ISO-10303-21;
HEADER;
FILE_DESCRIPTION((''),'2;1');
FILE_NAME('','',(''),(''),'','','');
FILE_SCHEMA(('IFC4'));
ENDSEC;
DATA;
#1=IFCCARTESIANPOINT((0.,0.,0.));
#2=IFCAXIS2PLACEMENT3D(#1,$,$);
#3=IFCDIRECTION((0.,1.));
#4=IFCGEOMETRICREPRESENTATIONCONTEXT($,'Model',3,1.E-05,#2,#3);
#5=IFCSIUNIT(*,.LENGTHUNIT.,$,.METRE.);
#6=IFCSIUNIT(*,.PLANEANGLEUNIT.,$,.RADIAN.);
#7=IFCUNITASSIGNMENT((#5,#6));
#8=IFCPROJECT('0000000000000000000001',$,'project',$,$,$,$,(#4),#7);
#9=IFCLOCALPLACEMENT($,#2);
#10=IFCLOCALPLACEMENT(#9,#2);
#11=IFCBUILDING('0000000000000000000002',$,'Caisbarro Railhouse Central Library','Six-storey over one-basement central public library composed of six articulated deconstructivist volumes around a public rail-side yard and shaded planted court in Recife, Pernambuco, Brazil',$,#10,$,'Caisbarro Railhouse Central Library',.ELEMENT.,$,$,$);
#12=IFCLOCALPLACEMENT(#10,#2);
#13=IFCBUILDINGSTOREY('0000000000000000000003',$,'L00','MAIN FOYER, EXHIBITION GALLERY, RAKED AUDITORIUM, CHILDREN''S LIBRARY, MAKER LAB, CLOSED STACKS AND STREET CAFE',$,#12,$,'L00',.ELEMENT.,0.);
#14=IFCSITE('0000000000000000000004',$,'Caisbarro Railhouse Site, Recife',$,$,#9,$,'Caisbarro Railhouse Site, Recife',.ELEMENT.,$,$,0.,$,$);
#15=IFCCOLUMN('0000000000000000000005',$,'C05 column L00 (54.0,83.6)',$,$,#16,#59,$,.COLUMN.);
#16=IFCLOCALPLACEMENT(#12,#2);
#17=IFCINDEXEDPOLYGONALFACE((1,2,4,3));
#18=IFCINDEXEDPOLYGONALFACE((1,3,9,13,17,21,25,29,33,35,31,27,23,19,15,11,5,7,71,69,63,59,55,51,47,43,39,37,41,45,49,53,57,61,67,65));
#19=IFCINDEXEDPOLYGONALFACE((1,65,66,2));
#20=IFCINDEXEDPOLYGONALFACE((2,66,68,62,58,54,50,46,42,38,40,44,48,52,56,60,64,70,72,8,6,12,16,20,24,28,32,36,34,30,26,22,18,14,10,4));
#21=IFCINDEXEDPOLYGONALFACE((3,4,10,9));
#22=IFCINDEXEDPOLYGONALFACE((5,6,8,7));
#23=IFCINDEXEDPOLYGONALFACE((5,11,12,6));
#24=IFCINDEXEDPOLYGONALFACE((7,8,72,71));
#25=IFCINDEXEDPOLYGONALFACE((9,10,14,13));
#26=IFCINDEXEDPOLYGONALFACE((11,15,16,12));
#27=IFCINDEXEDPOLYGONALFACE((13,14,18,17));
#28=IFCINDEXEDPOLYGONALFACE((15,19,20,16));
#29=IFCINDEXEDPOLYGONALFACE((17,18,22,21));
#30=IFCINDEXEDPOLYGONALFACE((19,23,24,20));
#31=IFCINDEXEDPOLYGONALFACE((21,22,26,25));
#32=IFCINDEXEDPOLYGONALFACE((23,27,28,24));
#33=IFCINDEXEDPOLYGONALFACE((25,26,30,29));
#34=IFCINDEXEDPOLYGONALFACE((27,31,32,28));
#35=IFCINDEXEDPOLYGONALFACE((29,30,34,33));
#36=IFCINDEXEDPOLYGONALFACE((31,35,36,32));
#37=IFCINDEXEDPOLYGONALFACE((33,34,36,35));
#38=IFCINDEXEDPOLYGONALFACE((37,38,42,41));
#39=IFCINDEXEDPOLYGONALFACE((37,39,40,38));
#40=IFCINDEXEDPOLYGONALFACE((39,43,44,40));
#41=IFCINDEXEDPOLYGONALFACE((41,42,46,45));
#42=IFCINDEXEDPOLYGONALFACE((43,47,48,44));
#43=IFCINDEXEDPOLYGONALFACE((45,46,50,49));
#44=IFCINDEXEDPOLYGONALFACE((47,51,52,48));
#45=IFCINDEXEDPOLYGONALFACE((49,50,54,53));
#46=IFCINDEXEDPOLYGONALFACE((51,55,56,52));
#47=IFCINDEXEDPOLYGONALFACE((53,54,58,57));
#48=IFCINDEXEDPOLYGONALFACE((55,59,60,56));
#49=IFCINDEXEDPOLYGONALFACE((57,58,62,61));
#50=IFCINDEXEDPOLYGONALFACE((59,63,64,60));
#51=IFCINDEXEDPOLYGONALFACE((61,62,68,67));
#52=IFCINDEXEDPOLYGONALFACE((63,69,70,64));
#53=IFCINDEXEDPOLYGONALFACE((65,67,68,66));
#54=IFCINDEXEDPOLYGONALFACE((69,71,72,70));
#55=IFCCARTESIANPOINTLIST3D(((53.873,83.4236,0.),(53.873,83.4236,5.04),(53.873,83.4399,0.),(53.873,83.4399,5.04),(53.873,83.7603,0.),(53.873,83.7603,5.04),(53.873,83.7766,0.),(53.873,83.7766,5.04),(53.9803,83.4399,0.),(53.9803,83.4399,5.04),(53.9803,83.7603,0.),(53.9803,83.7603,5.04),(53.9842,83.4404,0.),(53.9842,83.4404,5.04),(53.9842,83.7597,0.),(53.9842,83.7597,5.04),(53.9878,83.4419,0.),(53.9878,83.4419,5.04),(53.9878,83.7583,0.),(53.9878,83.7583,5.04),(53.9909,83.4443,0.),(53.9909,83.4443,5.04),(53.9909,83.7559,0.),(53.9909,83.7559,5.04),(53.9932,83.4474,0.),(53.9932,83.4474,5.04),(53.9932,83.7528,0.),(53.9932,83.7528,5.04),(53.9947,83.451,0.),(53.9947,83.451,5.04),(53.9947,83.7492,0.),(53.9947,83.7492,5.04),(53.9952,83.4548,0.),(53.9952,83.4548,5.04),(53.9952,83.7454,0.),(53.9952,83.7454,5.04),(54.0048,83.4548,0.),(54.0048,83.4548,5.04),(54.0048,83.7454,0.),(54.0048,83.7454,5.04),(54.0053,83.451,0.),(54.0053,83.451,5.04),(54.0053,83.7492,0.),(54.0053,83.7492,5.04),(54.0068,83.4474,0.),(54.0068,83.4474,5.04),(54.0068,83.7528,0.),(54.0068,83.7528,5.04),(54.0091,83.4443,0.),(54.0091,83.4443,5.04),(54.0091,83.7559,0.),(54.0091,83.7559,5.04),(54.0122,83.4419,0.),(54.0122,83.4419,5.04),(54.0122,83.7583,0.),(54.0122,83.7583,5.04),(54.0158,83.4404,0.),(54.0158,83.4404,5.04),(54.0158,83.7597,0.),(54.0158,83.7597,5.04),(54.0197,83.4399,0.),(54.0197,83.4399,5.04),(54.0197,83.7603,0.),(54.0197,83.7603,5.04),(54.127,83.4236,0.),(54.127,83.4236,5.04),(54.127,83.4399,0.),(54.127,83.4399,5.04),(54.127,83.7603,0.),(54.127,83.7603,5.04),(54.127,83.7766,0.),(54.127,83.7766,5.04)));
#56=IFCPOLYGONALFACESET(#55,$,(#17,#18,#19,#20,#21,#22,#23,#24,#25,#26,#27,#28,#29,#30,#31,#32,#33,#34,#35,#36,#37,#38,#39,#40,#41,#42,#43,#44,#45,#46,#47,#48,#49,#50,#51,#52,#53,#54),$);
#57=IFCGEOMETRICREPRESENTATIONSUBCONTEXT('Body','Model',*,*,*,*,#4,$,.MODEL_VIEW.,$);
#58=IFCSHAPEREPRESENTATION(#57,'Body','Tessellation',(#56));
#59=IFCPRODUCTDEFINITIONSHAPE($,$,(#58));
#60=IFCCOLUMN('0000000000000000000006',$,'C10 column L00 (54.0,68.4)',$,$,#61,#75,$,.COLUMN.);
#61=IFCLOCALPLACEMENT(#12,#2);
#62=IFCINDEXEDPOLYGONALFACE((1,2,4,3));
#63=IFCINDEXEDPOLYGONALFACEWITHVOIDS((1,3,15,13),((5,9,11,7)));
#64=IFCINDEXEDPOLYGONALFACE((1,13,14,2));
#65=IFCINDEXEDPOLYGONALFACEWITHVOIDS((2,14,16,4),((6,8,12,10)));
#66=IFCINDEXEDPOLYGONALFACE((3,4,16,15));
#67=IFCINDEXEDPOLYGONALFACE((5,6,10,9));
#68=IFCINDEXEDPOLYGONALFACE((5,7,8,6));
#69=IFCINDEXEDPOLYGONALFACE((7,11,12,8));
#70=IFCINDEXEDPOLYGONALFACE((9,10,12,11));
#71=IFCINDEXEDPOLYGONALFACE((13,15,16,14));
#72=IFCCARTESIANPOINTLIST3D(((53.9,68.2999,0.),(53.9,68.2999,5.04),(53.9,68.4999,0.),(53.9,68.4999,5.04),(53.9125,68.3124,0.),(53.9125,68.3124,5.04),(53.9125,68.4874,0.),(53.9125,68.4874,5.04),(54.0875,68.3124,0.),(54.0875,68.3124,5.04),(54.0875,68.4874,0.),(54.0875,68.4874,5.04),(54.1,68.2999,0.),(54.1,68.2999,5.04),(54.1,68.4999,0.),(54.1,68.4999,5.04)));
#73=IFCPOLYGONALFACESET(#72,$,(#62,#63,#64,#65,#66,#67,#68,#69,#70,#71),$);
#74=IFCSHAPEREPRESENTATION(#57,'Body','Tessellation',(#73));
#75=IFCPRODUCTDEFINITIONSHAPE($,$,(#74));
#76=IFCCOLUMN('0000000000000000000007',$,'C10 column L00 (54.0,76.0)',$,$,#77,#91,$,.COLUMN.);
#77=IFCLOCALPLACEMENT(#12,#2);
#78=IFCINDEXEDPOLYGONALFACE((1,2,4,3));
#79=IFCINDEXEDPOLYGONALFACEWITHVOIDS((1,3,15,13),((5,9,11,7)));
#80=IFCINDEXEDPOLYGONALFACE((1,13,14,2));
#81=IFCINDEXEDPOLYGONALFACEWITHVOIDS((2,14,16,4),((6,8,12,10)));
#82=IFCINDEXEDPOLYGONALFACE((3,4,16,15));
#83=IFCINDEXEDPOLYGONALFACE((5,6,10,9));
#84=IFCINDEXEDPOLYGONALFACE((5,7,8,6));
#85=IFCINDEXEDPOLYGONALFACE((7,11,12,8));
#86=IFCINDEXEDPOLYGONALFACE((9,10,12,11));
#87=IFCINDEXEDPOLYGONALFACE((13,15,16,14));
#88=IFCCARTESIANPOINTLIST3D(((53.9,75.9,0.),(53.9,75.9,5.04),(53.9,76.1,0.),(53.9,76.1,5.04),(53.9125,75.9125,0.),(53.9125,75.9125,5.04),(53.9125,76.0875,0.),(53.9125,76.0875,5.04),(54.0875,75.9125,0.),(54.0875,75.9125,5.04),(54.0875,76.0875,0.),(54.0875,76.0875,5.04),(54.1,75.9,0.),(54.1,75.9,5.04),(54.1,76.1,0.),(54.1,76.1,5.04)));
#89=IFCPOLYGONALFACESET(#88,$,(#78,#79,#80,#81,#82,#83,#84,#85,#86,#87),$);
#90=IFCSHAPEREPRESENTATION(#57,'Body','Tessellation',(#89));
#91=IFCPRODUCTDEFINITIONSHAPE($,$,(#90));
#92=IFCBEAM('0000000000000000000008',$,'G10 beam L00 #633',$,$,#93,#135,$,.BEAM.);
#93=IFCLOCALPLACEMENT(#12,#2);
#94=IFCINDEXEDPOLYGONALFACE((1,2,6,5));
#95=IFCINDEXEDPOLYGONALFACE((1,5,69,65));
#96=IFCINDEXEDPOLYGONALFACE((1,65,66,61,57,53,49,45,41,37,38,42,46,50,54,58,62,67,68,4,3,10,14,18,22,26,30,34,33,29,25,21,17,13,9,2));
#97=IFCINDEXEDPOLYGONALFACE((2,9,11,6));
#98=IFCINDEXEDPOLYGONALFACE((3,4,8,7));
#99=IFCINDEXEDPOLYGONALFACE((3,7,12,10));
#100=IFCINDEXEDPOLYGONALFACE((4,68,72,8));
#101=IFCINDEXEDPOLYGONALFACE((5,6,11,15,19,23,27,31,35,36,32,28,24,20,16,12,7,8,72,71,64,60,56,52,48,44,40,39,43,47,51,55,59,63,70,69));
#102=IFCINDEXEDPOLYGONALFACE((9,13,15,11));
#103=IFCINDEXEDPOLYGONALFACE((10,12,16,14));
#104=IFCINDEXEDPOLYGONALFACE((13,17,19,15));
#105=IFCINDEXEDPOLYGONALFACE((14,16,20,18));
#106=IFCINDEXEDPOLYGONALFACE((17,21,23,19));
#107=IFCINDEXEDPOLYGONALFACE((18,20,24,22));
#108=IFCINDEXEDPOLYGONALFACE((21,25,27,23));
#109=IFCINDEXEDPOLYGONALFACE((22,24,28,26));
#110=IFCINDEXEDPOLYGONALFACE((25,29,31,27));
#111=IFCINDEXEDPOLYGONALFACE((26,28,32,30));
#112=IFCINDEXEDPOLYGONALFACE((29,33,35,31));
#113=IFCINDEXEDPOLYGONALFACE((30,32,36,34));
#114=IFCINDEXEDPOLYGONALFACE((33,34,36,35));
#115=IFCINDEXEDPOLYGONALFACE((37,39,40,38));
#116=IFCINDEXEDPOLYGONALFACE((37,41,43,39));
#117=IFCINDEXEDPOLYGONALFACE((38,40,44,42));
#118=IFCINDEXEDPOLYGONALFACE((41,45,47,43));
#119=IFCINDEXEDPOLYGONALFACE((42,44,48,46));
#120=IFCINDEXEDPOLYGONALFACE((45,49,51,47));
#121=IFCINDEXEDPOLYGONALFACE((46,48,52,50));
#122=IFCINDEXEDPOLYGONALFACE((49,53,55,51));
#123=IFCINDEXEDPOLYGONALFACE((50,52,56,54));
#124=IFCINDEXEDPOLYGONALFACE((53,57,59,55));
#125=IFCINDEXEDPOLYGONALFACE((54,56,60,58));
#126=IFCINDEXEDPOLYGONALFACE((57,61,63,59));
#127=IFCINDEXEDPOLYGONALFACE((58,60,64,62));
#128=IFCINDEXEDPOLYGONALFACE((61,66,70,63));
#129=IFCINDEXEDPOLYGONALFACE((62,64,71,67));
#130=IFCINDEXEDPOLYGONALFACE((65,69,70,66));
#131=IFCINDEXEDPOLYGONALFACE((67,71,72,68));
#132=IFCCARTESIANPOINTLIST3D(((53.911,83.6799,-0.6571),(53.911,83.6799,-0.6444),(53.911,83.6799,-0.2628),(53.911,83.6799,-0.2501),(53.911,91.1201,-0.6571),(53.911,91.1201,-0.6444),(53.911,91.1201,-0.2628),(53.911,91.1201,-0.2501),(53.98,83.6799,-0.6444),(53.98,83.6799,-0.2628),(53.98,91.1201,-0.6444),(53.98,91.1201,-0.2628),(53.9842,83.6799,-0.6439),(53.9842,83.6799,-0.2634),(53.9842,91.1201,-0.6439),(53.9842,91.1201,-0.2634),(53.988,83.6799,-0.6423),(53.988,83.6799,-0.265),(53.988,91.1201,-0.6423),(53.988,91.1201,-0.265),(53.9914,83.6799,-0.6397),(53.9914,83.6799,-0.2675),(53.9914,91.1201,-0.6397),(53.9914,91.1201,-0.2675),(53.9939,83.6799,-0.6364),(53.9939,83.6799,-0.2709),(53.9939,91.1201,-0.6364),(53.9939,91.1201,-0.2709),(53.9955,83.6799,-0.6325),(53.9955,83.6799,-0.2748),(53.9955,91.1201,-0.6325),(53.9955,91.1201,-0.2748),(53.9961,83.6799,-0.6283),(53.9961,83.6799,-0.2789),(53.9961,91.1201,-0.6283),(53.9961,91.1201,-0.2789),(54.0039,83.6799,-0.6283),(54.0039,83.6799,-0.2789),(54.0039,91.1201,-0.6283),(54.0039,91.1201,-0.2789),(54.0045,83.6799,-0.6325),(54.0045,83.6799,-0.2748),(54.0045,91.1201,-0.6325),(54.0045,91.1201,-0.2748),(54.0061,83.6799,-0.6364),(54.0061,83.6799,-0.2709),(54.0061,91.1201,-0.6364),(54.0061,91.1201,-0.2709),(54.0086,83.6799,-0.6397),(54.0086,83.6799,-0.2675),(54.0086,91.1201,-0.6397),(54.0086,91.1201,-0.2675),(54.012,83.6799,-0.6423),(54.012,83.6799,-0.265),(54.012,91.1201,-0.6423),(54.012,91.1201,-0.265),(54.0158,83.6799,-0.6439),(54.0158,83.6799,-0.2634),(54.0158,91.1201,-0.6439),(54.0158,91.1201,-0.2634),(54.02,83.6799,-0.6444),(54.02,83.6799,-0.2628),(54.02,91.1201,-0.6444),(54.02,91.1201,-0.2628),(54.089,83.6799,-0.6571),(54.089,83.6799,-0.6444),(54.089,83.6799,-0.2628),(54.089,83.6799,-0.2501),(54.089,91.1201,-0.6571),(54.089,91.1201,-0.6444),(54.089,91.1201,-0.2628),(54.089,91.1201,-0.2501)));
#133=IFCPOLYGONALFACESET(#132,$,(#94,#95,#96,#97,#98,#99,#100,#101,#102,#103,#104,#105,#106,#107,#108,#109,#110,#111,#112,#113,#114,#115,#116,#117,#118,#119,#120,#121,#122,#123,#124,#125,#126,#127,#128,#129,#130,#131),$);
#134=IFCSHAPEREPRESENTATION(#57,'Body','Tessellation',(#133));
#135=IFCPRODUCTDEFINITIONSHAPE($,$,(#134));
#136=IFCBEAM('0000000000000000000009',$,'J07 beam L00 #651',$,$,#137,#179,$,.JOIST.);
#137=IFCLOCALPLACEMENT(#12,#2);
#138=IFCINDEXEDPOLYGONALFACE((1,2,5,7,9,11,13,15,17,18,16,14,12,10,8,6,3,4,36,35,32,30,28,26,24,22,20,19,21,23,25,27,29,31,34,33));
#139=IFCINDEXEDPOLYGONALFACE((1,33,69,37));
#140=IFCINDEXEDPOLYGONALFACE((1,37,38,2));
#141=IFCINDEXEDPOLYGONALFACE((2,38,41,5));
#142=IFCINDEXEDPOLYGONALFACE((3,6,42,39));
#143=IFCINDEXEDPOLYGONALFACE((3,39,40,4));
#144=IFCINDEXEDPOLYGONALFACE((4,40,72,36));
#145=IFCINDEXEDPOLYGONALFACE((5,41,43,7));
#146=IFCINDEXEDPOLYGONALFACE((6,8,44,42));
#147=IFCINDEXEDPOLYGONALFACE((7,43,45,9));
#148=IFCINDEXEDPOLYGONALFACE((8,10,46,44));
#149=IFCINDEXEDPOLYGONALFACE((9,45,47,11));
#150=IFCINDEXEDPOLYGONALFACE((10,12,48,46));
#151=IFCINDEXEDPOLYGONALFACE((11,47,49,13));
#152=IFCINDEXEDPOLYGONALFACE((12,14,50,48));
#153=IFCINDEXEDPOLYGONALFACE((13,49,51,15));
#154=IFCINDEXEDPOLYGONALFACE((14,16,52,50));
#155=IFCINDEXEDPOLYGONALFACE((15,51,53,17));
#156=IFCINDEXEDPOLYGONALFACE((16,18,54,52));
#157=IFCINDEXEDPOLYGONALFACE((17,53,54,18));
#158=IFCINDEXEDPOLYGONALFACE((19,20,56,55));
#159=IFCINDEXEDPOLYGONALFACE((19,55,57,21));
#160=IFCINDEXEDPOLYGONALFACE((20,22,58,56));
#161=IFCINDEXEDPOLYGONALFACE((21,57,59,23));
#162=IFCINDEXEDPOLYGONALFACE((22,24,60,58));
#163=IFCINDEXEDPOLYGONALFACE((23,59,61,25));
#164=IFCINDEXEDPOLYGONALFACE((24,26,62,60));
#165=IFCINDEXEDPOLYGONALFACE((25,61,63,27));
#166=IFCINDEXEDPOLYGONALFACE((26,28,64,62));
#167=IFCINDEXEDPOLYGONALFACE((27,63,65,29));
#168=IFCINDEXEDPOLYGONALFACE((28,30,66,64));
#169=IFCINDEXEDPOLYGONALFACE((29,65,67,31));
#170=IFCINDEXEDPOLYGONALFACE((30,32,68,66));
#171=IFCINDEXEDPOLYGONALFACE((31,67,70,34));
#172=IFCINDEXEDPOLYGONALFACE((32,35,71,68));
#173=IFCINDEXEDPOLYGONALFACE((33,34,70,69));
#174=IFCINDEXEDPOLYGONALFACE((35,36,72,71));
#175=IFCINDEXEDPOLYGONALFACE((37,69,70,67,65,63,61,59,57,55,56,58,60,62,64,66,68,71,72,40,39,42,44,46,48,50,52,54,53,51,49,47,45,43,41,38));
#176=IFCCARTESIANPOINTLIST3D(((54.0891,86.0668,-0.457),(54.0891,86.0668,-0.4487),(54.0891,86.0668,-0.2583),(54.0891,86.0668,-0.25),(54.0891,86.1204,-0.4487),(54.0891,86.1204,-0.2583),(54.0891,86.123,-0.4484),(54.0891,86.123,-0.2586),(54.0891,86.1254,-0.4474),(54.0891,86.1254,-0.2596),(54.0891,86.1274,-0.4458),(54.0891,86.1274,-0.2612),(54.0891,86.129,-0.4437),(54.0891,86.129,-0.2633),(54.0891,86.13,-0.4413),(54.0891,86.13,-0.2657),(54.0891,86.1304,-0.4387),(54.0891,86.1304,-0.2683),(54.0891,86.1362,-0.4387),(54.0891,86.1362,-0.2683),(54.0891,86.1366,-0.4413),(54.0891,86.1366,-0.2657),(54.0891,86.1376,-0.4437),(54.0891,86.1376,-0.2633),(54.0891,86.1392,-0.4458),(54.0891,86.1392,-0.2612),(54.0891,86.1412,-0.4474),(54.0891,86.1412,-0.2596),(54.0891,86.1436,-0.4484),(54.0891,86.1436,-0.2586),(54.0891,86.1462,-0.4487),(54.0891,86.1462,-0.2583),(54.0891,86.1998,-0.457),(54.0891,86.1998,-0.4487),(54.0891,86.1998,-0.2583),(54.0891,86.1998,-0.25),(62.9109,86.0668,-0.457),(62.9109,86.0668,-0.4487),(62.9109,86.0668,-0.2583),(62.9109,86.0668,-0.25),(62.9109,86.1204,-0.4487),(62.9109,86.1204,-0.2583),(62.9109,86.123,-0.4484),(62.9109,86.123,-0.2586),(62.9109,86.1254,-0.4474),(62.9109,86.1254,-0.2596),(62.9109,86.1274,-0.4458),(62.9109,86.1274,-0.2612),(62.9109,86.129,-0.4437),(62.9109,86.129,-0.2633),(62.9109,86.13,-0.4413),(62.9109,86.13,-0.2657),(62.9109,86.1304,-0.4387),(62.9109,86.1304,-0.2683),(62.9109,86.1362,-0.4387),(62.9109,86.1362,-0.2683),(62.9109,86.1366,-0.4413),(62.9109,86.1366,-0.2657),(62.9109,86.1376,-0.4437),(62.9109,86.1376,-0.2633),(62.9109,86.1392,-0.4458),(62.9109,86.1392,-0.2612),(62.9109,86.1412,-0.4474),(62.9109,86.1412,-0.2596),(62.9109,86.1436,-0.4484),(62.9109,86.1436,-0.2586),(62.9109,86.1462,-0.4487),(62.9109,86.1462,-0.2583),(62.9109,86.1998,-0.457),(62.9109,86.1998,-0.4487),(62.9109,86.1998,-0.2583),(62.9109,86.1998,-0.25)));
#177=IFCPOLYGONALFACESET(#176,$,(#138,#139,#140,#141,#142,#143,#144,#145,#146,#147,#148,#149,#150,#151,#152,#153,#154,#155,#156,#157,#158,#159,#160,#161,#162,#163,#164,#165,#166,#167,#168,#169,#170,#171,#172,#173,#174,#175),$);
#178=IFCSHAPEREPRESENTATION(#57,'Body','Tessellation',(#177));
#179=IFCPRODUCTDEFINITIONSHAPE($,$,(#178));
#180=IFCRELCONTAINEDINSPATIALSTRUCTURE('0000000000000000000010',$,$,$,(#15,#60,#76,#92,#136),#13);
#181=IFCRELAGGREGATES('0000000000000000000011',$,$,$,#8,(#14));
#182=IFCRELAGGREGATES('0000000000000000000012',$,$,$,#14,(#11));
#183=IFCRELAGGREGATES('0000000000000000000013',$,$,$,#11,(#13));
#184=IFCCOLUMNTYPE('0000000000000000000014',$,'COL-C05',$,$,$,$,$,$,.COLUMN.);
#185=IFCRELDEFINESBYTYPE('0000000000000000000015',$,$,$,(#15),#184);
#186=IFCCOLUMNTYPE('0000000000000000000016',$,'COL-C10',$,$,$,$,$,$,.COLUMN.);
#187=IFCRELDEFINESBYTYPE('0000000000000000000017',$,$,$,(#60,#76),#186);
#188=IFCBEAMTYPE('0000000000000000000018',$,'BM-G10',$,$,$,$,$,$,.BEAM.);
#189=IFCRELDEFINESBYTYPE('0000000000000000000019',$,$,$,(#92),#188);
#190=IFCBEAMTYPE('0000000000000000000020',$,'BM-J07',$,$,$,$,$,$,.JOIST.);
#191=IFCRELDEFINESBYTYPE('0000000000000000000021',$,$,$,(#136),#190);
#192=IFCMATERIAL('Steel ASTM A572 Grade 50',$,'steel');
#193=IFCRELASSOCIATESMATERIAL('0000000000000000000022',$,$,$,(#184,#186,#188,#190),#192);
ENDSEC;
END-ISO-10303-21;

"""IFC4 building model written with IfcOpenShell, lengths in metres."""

from ifc_helpers import new_model, si_unit, direction, frame, origin, origin_2d, place, context, subcontext, project, spatial, hollow_rectangle, i_section, extrude, material, material_profile, profile_set, type_object, element, save


model = new_model("IFC4")

# Units and contexts
model_context = context("Model", 3, precision=1e-05, world=origin(), true_north=direction((0.0, 1.0)))
body_context = subcontext(model_context, "Body", "Model", "MODEL_VIEW")
ifc_project = project(units=[si_unit("LENGTHUNIT", "METRE"), si_unit("PLANEANGLEUNIT", "RADIAN")], contexts=[model_context])

# Site, building, storey
site_placement = place(None, origin())
site = spatial("IfcSite", under=ifc_project, at=site_placement, Name="Caisbarro Railhouse Site, Recife", LongName="Caisbarro Railhouse Site, Recife", CompositionType="ELEMENT", RefElevation=0.0)
building_placement = place(site_placement, origin())
building = spatial("IfcBuilding", under=site, at=building_placement, Name="Caisbarro Railhouse Central Library", Description="Six-storey over one-basement central public library composed of six articulated deconstructivist volumes around a public rail-side yard and shaded planted court in Recife, Pernambuco, Brazil", LongName="Caisbarro Railhouse Central Library", CompositionType="ELEMENT")
storey_placement = place(building_placement, origin())
storey = spatial("IfcBuildingStorey", under=building, at=storey_placement, Name="L00", Description="MAIN FOYER, EXHIBITION GALLERY, RAKED AUDITORIUM, CHILDREN'S LIBRARY, MAKER LAB, CLOSED STACKS AND STREET CAFE", LongName="L00", CompositionType="ELEMENT", Elevation=0.0)

# Columns
ifc_material_1 = material(Name="Steel ASTM A572 Grade 50", Category="steel")
ifc_material_profile_1 = material_profile(ifc_material_1, i_section(OverallWidth=0.2539, OverallDepth=0.353, WebThickness=0.0095, FlangeThickness=0.0164, FilletRadius=0.0149, at=origin_2d()), Name="W360X91.0")
ifc_profile_set_1 = profile_set([ifc_material_profile_1], Name="Steel ASTM A572 Grade 50")
column_type_1 = type_object("IfcColumnType", Name="COL-C05", PredefinedType="COLUMN", material=ifc_profile_set_1)
column_placement = place(storey_placement, frame((54.0, 83.6001, 0.0), z_axis=(0.0, 0.0, 1.0), x_axis=(1.0, 0.0, 0.0)))
element("IfcColumn", 1, at=column_placement, inside=storey, type_object=column_type_1, Name="C05 column L00 (54.0,83.6)", PredefinedType="COLUMN", context=body_context, shape_type="SweptSolid", body=[
    extrude(i_section(OverallWidth=0.2539, OverallDepth=0.353, WebThickness=0.0095, FlangeThickness=0.0164, FilletRadius=0.0149, at=origin_2d()), origin(), (0.0, 0.0, 1.0), 5.04),
])
ifc_material_profile_2 = material_profile(ifc_material_1, hollow_rectangle(XDim=0.2, YDim=0.2, WallThickness=0.0125, at=origin_2d()), Name="HSS200X200X12.5")
ifc_profile_set_2 = profile_set([ifc_material_profile_2], Name="Steel ASTM A572 Grade 50")
column_type_2 = type_object("IfcColumnType", Name="COL-C10", PredefinedType="COLUMN", material=ifc_profile_set_2)
for number, where, z_axis, x_axis, name in (
    (2, (54.0, 68.3999, 0.0), (0.0, 0.0, 1.0), (1.0, 0.0, 0.0), "C10 column L00 (54.0,68.4)"),
    (3, (54.0, 76.0, 0.0), (0.0, 0.0, 1.0), (1.0, 0.0, 0.0), "C10 column L00 (54.0,76.0)"),
):
    element("IfcColumn", number, at=place(storey_placement, frame(where, z_axis=z_axis, x_axis=x_axis)), inside=storey, type_object=column_type_2, Name=name, PredefinedType="COLUMN", context=body_context, shape_type="SweptSolid", body=[
        extrude(hollow_rectangle(XDim=0.2, YDim=0.2, WallThickness=0.0125, at=origin_2d()), origin(), (0.0, 0.0, 1.0), 5.04),
    ])

# Beams
ifc_material_profile_3 = material_profile(ifc_material_1, i_section(OverallWidth=0.178, OverallDepth=0.407, WebThickness=0.0078, FlangeThickness=0.0127, FilletRadius=0.0161, at=origin_2d()), Name="W410X60.0")
ifc_profile_set_3 = profile_set([ifc_material_profile_3], Name="Steel ASTM A572 Grade 50")
beam_type_1 = type_object("IfcBeamType", Name="BM-G10", PredefinedType="BEAM", material=ifc_profile_set_3)
beam_1_placement = place(storey_placement, frame((54.0, 83.6799, -0.4536), z_axis=(0.0, 1.0, 0.0), x_axis=(-1.0, 0.0, 0.0)))
element("IfcBeam", 4, at=beam_1_placement, inside=storey, type_object=beam_type_1, Name="G10 beam L00 #633", PredefinedType="BEAM", context=body_context, shape_type="SweptSolid", body=[
    extrude(i_section(OverallWidth=0.178, OverallDepth=0.407, WebThickness=0.0078, FlangeThickness=0.0127, FilletRadius=0.0161, at=origin_2d()), origin(), (0.0, 0.0, 1.0), 7.4402),
])
ifc_material_profile_4 = material_profile(ifc_material_1, i_section(OverallWidth=0.1331, OverallDepth=0.207, WebThickness=0.0059, FlangeThickness=0.0083, FilletRadius=0.01, at=origin_2d()), Name="W200X26.6")
ifc_profile_set_4 = profile_set([ifc_material_profile_4], Name="Steel ASTM A572 Grade 50")
beam_type_2 = type_object("IfcBeamType", Name="BM-J07", PredefinedType="JOIST", material=ifc_profile_set_4)
for number, where, z_axis, x_axis, name in (
    (5, (54.0891, 86.1333, -0.3535), (1.0, 0.0, 0.0), (0.0, 1.0, 0.0), "J07 beam L00 #651"),
):
    element("IfcBeam", number, at=place(storey_placement, frame(where, z_axis=z_axis, x_axis=x_axis)), inside=storey, type_object=beam_type_2, Name=name, PredefinedType="JOIST", context=body_context, shape_type="SweptSolid", body=[
        extrude(i_section(OverallWidth=0.1331, OverallDepth=0.207, WebThickness=0.0059, FlangeThickness=0.0083, FilletRadius=0.01, at=origin_2d()), origin(), (0.0, 0.0, 1.0), 8.8218),
    ])

save(model, "model.ifc")
